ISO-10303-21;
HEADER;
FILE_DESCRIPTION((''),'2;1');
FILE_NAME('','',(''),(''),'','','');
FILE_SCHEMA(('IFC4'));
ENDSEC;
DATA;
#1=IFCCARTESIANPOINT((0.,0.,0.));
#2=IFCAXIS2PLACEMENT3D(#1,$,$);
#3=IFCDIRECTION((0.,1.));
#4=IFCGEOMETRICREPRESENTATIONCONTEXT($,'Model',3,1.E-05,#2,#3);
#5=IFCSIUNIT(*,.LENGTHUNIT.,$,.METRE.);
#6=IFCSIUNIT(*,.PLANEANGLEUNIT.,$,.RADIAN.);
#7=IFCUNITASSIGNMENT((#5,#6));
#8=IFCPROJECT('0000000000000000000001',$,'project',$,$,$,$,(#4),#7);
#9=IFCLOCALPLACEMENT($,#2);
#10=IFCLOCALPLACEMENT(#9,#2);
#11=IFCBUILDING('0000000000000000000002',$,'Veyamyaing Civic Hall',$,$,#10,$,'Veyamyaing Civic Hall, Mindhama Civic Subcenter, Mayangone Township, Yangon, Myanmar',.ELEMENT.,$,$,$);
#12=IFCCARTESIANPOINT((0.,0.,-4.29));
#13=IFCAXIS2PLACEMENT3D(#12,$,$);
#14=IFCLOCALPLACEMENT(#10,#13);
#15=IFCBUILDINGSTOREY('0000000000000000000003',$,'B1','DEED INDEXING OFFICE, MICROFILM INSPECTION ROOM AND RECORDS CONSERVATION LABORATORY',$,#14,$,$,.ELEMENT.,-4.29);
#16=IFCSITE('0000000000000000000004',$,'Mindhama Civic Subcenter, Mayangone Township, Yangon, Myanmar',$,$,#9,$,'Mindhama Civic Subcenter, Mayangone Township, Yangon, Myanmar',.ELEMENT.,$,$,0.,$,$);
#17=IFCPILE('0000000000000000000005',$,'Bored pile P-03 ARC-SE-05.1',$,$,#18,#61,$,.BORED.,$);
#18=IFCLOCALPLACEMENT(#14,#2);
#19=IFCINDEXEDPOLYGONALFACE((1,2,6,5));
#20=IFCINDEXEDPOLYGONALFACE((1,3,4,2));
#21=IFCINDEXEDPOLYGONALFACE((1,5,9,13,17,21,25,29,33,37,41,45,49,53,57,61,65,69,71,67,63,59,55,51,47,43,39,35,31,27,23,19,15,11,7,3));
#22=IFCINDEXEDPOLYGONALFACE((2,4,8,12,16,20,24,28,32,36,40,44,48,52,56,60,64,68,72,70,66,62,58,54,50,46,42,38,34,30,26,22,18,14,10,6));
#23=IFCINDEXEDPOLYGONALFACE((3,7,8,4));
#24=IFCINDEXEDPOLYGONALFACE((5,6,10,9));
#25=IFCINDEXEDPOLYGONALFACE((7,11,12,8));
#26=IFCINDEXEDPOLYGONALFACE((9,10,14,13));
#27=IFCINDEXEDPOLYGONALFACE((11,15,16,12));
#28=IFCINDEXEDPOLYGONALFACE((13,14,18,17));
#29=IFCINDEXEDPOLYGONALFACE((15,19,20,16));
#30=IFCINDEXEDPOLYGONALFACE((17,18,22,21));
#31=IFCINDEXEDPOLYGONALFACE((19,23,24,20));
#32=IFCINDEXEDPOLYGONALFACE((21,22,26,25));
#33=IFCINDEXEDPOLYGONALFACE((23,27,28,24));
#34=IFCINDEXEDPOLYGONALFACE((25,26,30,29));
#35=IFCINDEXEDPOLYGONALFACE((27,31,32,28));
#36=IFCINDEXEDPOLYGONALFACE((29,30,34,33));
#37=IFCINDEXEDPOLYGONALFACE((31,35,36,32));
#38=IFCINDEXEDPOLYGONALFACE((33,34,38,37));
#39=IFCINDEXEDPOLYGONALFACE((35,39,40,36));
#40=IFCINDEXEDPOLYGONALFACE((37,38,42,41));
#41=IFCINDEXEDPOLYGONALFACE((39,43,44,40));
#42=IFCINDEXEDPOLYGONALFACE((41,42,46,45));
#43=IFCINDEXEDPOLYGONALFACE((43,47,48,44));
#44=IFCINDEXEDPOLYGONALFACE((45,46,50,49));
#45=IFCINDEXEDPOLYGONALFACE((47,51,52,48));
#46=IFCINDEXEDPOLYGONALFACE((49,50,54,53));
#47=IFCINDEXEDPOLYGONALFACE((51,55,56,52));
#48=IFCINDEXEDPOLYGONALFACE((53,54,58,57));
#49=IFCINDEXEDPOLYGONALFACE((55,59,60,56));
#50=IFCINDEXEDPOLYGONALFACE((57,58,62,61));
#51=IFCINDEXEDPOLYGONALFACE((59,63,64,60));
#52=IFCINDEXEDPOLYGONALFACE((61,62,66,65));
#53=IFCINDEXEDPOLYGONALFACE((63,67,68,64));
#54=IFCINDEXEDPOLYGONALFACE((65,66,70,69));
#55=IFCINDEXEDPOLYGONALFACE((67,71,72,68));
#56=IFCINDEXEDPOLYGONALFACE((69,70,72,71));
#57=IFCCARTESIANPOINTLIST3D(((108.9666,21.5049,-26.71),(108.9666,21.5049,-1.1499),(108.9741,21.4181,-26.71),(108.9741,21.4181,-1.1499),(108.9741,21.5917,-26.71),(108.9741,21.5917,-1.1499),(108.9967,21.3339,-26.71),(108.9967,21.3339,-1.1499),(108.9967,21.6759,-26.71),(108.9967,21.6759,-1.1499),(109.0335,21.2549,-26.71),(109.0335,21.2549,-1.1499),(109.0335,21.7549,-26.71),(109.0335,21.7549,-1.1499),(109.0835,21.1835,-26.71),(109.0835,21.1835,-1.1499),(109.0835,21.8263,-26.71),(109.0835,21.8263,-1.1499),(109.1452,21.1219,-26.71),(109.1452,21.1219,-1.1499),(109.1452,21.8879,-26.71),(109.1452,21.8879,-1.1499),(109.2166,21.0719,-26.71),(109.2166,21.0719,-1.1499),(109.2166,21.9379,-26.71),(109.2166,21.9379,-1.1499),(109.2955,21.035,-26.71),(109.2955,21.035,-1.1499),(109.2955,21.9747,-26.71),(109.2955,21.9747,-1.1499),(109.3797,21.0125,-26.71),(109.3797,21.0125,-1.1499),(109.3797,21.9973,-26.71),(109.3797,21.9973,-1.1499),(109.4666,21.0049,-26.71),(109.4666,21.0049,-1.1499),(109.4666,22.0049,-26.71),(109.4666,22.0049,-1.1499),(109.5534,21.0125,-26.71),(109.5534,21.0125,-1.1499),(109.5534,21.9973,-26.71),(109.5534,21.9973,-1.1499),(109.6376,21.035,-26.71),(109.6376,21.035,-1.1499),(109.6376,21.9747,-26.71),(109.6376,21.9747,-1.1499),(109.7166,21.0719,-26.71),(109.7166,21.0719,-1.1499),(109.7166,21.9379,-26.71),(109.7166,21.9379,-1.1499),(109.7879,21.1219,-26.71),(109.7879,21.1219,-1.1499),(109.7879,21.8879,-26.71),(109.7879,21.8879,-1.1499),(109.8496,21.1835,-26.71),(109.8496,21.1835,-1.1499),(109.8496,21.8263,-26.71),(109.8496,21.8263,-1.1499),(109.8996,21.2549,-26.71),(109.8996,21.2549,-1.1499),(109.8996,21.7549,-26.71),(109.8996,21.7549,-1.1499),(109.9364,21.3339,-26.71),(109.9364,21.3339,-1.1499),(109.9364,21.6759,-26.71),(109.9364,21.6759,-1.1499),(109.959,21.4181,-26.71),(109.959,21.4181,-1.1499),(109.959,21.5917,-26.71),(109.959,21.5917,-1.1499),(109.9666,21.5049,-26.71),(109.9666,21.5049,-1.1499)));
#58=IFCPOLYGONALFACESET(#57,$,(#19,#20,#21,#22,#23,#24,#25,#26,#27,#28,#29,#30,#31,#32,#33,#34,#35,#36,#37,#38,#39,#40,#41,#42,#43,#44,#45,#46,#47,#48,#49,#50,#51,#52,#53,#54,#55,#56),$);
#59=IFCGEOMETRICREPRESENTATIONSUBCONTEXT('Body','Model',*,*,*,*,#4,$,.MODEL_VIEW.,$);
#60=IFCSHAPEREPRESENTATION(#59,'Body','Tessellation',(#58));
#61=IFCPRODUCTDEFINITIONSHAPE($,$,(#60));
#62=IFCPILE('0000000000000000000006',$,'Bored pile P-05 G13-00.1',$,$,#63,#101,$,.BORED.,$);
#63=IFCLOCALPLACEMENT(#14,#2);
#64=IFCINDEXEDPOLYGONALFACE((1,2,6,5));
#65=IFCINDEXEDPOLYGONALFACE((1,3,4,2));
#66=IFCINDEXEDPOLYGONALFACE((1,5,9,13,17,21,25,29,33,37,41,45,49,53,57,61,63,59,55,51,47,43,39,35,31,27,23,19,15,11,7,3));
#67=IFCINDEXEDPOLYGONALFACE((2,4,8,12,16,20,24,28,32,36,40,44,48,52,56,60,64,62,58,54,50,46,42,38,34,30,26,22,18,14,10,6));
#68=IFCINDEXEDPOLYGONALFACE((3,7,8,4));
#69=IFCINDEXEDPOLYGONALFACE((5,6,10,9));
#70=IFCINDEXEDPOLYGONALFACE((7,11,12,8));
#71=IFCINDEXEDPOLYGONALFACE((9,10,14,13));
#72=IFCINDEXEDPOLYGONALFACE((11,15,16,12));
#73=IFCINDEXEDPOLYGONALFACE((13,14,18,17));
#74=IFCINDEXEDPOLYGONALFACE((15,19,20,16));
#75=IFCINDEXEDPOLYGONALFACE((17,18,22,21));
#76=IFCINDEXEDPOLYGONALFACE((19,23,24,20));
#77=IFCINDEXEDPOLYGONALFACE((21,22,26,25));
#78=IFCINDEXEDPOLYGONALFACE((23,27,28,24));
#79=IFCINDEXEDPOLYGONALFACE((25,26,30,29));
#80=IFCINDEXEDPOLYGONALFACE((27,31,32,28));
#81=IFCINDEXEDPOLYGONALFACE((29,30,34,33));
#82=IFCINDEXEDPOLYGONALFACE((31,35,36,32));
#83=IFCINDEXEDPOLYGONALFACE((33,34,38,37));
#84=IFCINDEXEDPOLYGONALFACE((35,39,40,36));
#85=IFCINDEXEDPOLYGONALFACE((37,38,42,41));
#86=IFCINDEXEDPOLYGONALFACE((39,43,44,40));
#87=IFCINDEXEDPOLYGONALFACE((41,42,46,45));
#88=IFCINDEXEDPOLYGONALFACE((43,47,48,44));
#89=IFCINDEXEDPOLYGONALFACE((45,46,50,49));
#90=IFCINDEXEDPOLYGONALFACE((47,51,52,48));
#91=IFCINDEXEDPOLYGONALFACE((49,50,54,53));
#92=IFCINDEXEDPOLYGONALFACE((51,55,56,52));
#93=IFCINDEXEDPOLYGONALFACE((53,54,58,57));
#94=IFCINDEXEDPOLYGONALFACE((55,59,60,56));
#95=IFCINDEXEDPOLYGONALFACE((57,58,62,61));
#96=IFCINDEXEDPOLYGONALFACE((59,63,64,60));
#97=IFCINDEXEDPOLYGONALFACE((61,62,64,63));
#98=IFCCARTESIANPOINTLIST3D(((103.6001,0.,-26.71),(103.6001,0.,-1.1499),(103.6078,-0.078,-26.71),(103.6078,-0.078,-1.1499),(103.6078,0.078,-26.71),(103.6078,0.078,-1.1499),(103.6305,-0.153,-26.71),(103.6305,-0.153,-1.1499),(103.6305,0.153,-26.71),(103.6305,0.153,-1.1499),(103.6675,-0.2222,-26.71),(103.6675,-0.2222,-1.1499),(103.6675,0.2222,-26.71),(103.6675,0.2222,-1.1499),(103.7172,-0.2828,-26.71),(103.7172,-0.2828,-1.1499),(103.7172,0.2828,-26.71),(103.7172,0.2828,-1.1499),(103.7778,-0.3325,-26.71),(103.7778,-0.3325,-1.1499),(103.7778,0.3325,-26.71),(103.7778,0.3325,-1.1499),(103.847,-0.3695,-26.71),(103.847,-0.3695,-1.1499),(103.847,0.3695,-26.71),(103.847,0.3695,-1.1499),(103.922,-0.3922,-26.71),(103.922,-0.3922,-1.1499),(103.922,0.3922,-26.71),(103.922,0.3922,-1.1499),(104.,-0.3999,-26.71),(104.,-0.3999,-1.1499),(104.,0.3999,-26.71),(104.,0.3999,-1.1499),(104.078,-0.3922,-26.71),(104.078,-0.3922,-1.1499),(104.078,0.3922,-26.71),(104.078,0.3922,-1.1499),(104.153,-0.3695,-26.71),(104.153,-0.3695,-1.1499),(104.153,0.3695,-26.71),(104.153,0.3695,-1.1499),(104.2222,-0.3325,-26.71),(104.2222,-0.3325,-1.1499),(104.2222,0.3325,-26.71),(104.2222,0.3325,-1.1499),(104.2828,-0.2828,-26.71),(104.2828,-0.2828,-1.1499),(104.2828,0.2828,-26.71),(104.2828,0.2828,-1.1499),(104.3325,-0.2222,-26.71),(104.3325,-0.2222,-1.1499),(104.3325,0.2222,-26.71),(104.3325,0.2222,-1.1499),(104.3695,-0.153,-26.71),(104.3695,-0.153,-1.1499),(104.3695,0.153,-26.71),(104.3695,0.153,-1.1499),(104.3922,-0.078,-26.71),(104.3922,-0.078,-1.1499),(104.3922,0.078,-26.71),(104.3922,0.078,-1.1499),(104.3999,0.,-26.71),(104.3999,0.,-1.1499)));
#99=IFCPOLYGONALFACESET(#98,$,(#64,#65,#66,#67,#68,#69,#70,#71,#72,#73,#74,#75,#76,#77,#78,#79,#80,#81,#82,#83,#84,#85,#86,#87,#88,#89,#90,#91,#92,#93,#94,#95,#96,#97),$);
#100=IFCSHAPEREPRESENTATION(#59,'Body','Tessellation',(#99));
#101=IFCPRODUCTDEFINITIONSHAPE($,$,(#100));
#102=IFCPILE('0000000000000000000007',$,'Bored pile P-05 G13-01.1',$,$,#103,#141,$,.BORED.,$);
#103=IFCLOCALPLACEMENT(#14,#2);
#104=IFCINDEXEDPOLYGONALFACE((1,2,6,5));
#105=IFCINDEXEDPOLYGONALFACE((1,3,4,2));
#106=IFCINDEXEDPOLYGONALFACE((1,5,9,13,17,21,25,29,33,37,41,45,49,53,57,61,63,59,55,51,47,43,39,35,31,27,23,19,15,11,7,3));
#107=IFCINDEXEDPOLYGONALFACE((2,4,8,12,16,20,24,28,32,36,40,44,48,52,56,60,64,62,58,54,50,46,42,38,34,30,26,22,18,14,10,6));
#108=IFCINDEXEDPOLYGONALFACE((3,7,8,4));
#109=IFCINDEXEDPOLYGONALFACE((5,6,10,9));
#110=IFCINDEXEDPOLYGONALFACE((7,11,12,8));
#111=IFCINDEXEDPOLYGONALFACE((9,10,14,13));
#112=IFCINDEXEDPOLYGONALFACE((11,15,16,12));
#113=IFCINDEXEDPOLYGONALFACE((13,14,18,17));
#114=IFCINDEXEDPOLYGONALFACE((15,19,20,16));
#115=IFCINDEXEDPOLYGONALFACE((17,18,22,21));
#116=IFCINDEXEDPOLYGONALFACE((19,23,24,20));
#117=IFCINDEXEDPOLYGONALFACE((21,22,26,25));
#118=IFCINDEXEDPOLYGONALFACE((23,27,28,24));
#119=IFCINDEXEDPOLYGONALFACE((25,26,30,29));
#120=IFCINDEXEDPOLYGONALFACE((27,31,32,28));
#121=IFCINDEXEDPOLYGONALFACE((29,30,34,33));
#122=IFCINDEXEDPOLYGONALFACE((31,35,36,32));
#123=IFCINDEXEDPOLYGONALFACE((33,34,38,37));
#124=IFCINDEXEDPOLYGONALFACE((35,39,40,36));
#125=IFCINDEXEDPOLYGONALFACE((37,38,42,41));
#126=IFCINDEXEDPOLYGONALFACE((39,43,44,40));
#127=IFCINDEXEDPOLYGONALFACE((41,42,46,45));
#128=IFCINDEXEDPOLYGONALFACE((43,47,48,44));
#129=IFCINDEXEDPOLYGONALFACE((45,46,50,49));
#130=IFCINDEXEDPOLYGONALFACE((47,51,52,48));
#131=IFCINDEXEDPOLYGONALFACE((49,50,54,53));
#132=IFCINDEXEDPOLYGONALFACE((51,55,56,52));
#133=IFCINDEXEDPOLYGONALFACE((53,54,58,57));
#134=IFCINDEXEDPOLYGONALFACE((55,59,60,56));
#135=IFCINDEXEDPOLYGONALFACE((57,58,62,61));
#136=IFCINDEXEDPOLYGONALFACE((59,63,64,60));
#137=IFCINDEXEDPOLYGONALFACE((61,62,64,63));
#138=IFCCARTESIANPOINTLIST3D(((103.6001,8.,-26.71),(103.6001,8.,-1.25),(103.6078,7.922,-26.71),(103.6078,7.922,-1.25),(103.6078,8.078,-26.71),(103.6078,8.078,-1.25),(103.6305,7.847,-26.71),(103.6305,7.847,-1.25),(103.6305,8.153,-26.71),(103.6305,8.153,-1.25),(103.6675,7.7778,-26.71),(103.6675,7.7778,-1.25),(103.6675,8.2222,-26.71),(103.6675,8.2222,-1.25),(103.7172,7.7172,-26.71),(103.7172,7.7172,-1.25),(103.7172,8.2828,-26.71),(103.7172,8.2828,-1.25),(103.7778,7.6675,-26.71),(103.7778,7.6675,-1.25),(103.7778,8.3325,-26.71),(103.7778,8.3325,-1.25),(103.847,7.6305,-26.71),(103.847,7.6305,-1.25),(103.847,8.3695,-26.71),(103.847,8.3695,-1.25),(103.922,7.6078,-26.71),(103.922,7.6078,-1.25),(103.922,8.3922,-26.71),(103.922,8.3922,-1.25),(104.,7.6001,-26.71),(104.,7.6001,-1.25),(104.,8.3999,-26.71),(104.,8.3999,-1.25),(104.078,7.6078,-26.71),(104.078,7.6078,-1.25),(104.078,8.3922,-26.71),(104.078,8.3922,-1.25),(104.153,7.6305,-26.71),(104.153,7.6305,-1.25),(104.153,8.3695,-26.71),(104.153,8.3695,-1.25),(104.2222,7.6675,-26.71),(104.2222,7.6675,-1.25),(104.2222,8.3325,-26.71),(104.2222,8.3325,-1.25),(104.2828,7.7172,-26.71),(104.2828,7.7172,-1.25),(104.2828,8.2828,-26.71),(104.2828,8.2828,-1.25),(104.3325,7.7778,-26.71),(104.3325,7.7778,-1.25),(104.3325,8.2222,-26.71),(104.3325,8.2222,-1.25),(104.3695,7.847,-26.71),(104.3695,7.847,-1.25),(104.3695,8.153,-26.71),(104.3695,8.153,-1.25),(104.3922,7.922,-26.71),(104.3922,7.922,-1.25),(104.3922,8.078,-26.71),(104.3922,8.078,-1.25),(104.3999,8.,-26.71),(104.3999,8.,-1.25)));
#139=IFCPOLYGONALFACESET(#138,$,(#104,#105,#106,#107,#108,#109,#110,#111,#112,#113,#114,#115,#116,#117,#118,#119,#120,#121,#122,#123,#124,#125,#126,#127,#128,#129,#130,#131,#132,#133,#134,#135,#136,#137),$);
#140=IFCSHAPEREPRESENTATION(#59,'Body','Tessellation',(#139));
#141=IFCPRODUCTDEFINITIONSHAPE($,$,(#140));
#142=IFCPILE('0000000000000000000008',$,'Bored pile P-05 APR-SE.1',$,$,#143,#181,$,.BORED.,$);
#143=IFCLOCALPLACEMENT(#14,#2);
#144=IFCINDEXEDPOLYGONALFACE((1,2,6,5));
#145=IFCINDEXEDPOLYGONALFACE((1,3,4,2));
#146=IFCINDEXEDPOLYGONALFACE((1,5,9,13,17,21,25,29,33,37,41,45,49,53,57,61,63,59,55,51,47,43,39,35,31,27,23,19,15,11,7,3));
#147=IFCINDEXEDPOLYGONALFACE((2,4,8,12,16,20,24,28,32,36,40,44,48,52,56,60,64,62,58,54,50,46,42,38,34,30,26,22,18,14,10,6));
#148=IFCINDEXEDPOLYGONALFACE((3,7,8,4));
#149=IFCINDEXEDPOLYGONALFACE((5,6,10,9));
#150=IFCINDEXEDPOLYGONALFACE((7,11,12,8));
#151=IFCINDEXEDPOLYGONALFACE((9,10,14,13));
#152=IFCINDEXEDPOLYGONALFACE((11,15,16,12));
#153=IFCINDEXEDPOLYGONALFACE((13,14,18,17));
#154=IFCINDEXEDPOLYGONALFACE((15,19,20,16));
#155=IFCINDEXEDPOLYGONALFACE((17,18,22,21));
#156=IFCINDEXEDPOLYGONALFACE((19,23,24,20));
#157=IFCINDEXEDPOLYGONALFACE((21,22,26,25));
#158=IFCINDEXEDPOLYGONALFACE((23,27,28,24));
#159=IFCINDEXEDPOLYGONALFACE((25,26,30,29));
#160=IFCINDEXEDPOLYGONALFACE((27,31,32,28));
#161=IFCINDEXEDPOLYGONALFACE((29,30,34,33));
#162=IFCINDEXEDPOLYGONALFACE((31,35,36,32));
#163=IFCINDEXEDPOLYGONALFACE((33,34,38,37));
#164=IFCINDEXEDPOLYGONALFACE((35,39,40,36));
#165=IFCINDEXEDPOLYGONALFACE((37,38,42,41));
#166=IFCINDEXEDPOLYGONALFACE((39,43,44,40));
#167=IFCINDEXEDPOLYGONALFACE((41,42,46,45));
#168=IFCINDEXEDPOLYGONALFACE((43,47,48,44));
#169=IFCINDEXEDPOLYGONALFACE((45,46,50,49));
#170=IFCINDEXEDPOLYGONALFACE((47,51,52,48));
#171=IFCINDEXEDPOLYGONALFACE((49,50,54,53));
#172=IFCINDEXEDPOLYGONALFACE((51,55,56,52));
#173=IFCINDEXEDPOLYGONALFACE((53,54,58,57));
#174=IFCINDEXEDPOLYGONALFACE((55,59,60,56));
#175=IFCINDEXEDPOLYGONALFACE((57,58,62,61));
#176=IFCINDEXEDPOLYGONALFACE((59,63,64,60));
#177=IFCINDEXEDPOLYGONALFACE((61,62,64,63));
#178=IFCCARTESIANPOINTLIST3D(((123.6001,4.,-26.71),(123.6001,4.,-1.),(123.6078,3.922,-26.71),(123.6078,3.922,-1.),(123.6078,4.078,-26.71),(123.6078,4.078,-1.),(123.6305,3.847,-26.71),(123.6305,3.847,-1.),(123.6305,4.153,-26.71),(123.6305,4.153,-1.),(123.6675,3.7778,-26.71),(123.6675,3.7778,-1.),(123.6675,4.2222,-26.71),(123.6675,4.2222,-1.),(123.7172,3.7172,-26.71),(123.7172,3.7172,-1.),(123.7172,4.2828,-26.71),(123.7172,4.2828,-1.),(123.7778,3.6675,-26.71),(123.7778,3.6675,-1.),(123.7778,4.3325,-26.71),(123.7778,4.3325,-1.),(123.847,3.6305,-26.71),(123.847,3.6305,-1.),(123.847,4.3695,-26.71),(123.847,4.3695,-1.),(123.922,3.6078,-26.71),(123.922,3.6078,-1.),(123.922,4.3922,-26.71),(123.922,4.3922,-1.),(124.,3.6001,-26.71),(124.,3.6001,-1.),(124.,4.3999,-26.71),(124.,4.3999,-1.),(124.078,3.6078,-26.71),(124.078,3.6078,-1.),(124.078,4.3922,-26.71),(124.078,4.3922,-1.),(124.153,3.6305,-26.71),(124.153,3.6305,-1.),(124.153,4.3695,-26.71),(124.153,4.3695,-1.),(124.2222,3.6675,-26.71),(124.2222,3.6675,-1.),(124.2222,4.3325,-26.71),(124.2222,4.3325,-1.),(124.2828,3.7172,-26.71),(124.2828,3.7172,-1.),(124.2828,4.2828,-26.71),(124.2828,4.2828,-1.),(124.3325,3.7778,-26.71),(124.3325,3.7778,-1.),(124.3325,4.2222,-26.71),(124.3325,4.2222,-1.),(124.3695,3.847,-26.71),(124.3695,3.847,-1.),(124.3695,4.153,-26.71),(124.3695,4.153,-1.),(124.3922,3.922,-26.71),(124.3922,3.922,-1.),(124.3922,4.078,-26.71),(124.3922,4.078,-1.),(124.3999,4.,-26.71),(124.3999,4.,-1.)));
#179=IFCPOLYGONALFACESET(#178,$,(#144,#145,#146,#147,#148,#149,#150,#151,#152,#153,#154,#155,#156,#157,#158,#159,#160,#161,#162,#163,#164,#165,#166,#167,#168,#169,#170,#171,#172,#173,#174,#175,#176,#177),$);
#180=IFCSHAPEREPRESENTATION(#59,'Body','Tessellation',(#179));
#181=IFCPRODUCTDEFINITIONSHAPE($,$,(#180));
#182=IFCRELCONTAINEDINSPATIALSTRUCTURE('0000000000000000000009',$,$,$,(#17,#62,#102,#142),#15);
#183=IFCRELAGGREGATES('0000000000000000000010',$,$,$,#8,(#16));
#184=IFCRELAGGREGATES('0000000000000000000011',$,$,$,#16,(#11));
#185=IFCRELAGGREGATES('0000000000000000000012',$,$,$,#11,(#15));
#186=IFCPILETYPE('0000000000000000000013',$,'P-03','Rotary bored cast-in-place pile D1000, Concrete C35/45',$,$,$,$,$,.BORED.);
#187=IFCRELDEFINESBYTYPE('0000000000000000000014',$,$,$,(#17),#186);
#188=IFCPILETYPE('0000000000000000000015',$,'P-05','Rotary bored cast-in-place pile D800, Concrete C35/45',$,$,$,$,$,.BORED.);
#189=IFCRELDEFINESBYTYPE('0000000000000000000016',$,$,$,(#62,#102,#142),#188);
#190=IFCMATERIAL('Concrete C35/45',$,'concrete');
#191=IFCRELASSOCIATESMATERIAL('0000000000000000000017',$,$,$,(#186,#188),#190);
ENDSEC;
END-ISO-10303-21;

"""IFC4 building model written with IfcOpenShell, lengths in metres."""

from ifc_helpers import new_model, si_unit, direction, frame, origin, origin_2d, place, context, subcontext, project, spatial, circle, extrude, material, material_profile, profile_set, type_object, element, save


model = new_model("IFC4")

# Units and contexts
model_context = context("Model", 3, precision=1e-05, world=origin(), true_north=direction((0.0, 1.0)))
body_context = subcontext(model_context, "Body", "Model", "MODEL_VIEW")
ifc_project = project(units=[si_unit("LENGTHUNIT", "METRE"), si_unit("PLANEANGLEUNIT", "RADIAN")], contexts=[model_context])

# Site, building, storey
site_placement = place(None, origin())
site = spatial("IfcSite", under=ifc_project, at=site_placement, Name="Mindhama Civic Subcenter, Mayangone Township, Yangon, Myanmar", LongName="Mindhama Civic Subcenter, Mayangone Township, Yangon, Myanmar", CompositionType="ELEMENT", RefElevation=0.0)
building_placement = place(site_placement, origin())
building = spatial("IfcBuilding", under=site, at=building_placement, Name="Veyamyaing Civic Hall", LongName="Veyamyaing Civic Hall, Mindhama Civic Subcenter, Mayangone Township, Yangon, Myanmar", CompositionType="ELEMENT")
storey_placement = place(building_placement, frame((0.0, 0.0, -4.29)))
storey = spatial("IfcBuildingStorey", under=building, at=storey_placement, Name="B1", Description="DEED INDEXING OFFICE, MICROFILM INSPECTION ROOM AND RECORDS CONSERVATION LABORATORY", CompositionType="ELEMENT", Elevation=-4.29)

# Piles
ifc_material_1 = material(Name="Concrete C35/45", Category="concrete")
ifc_material_profile_1 = material_profile(ifc_material_1, circle(Radius=0.5, at=origin_2d()), Name="PILE-D1000")
ifc_profile_set_1 = profile_set([ifc_material_profile_1], Name="Concrete C35/45")
pile_type_1 = type_object("IfcPileType", Name="P-03", Description="Rotary bored cast-in-place pile D1000, Concrete C35/45", PredefinedType="BORED", material=ifc_profile_set_1)
pile_1_placement = place(storey_placement, frame((109.4666, 21.5049, -1.1499), z_axis=(0.0, 0.0, -1.0), x_axis=(1.0, 0.0, 0.0)))
element("IfcPile", 1, at=pile_1_placement, inside=storey, type_object=pile_type_1, Name="Bored pile P-03 ARC-SE-05.1", PredefinedType="BORED", context=body_context, shape_type="SweptSolid", body=[
    extrude(circle(Radius=0.5, at=origin_2d()), origin(), (0.0, 0.0, 1.0), 25.5601),
])
ifc_material_profile_2 = material_profile(ifc_material_1, circle(Radius=0.3999, at=origin_2d()), Name="PILE-D800")
ifc_profile_set_2 = profile_set([ifc_material_profile_2], Name="Concrete C35/45")
pile_type_2 = type_object("IfcPileType", Name="P-05", Description="Rotary bored cast-in-place pile D800, Concrete C35/45", PredefinedType="BORED", material=ifc_profile_set_2)
pile_2_placement = place(storey_placement, frame((104.0, 0.0, -1.1499), z_axis=(0.0, 0.0, -1.0), x_axis=(1.0, 0.0, 0.0)))
element("IfcPile", 2, at=pile_2_placement, inside=storey, type_object=pile_type_2, Name="Bored pile P-05 G13-00.1", PredefinedType="BORED", context=body_context, shape_type="SweptSolid", body=[
    extrude(circle(Radius=0.3999, at=origin_2d()), origin(), (0.0, 0.0, 1.0), 25.5601),
])
pile_3_placement = place(storey_placement, frame((104.0, 8.0, -1.25), z_axis=(0.0, 0.0, -1.0), x_axis=(1.0, 0.0, 0.0)))
element("IfcPile", 3, at=pile_3_placement, inside=storey, type_object=pile_type_2, Name="Bored pile P-05 G13-01.1", PredefinedType="BORED", context=body_context, shape_type="SweptSolid", body=[
    extrude(circle(Radius=0.3999, at=origin_2d()), origin(), (0.0, 0.0, 1.0), 25.46),
])
pile_4_placement = place(storey_placement, frame((124.0, 4.0, -1.0), z_axis=(0.0, 0.0, -1.0), x_axis=(1.0, 0.0, 0.0)))
element("IfcPile", 4, at=pile_4_placement, inside=storey, type_object=pile_type_2, Name="Bored pile P-05 APR-SE.1", PredefinedType="BORED", context=body_context, shape_type="SweptSolid", body=[
    extrude(circle(Radius=0.3999, at=origin_2d()), origin(), (0.0, 0.0, 1.0), 25.71),
])

save(model, "model.ifc")
